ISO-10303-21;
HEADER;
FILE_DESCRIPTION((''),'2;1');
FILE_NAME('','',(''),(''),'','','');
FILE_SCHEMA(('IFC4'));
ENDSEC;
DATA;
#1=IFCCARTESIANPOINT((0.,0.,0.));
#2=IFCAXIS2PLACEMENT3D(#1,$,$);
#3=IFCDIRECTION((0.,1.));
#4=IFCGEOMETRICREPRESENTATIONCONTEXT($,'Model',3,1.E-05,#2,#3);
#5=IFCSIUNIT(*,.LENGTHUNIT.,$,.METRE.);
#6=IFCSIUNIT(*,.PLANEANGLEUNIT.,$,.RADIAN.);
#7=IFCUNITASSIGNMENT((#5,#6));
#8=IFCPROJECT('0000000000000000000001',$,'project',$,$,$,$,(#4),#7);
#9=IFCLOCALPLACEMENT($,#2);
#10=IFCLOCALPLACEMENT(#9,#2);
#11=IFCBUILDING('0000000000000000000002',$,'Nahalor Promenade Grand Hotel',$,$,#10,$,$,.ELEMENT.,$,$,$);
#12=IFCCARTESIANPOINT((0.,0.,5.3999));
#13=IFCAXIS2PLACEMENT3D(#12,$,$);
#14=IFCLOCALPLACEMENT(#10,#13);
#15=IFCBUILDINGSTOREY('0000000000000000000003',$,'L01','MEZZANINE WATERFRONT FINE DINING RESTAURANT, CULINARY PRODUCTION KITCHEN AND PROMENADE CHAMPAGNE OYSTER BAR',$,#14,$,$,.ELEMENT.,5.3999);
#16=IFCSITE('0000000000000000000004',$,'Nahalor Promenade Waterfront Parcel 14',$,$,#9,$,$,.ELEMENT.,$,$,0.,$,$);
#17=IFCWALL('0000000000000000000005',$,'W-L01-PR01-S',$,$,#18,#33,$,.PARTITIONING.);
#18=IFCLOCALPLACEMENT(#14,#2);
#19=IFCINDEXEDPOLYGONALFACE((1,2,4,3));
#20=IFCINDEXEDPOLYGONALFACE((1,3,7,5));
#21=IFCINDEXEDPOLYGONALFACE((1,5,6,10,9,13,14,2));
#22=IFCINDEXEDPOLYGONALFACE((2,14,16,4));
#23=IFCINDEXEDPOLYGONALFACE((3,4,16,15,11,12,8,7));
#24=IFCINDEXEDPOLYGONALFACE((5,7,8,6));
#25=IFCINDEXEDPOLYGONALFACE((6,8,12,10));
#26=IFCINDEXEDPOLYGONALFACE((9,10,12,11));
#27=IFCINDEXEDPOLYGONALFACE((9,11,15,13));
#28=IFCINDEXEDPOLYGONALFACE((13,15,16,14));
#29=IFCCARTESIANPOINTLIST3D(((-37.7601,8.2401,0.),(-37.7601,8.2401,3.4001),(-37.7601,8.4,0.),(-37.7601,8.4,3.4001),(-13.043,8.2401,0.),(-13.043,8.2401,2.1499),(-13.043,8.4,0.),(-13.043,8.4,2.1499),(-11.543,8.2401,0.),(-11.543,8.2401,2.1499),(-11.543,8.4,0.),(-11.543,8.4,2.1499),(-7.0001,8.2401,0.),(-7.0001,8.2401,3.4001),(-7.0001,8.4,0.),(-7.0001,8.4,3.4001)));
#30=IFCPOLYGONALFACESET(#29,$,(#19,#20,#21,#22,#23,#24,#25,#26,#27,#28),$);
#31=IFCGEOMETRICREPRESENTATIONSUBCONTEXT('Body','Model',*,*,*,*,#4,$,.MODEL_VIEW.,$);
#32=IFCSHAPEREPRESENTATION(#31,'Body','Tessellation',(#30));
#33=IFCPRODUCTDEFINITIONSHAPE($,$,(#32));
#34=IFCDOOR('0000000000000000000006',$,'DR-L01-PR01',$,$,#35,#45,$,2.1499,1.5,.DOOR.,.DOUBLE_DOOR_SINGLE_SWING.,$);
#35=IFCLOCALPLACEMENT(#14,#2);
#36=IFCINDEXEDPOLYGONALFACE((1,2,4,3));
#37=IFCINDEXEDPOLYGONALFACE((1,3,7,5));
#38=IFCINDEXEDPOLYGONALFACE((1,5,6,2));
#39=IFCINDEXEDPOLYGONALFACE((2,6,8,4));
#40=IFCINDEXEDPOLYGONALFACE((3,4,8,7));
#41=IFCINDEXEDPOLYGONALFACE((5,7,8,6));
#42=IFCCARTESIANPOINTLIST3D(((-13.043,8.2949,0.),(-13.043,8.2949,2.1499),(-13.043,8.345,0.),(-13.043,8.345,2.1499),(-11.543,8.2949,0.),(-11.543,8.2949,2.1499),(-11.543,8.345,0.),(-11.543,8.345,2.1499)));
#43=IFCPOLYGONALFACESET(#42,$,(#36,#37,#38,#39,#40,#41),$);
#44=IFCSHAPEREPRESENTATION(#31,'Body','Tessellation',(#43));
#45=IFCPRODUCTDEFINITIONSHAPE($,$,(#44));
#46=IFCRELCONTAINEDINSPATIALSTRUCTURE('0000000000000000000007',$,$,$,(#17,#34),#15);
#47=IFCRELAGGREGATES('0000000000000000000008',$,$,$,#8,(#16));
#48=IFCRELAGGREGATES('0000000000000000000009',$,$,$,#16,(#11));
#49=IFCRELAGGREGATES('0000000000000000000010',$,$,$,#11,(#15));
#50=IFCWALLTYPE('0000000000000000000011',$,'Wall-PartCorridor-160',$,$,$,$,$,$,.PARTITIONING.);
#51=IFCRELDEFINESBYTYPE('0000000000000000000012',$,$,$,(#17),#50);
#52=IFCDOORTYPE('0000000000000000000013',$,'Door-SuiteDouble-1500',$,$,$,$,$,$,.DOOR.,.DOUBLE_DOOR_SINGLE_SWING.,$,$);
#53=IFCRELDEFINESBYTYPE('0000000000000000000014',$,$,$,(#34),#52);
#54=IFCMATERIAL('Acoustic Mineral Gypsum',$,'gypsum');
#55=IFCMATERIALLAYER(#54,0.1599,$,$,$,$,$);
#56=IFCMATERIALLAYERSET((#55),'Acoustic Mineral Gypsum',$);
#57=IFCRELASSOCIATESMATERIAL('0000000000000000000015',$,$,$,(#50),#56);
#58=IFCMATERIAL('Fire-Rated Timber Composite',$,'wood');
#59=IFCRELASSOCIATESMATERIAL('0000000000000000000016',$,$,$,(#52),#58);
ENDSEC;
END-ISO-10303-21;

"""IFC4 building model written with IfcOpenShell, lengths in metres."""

from ifc_helpers import new_model, si_unit, direction, frame, frame_2d, origin, place, context, subcontext, project, spatial, rectangle, extrude, source, transform, mapped, material, layer, layer_set, type_object, element, fill, save


model = new_model("IFC4")

# Units and contexts
model_context = context("Model", 3, precision=1e-05, world=origin(), true_north=direction((0.0, 1.0)))
body_context = subcontext(model_context, "Body", "Model", "MODEL_VIEW")
ifc_project = project(units=[si_unit("LENGTHUNIT", "METRE"), si_unit("PLANEANGLEUNIT", "RADIAN")], contexts=[model_context])

# Site, building, storey
site_placement = place(None, origin())
site = spatial("IfcSite", under=ifc_project, at=site_placement, Name="Nahalor Promenade Waterfront Parcel 14", CompositionType="ELEMENT", RefElevation=0.0)
building_placement = place(site_placement, origin())
building = spatial("IfcBuilding", under=site, at=building_placement, Name="Nahalor Promenade Grand Hotel", CompositionType="ELEMENT")
storey_placement = place(building_placement, frame((0.0, 0.0, 5.3999)))
storey = spatial("IfcBuildingStorey", under=building, at=storey_placement, Name="L01", Description="MEZZANINE WATERFRONT FINE DINING RESTAURANT, CULINARY PRODUCTION KITCHEN AND PROMENADE CHAMPAGNE OYSTER BAR", CompositionType="ELEMENT", Elevation=5.3999)

# Wall, opening, door
ifc_material_1 = material(Name="Acoustic Mineral Gypsum", Category="gypsum")
ifc_layer_1 = layer(ifc_material_1, 0.1599)
ifc_layer_set_1 = layer_set([ifc_layer_1], Name="Acoustic Mineral Gypsum")
wall_type_1 = type_object("IfcWallType", Name="Wall-PartCorridor-160", PredefinedType="PARTITIONING", material=ifc_layer_set_1)
shared_shape_1 = source(origin(), body_context, "Body", "SweptSolid", [
    extrude(rectangle(XDim=30.76, YDim=0.1599, at=frame_2d((15.3799, 0.0))), origin(), (0.0, 0.0, 1.0), 3.4001),
])
wall_1_placement = place(storey_placement, frame((-37.76, 8.3201, 0.0), z_axis=(0.0, 0.0, 1.0), x_axis=(1.0, 0.0, 0.0)))
wall_1 = element("IfcWall", 1, at=wall_1_placement, inside=storey, type_object=wall_type_1, Name="W-L01-PR01-S", PredefinedType="PARTITIONING", context=body_context, shape_type="MappedRepresentation", body=[
    mapped(shared_shape_1, transform((0.0, 0.0, 0.0), scale=1.0)),
])
opening_1_placement = place(wall_1_placement, frame((24.717, 0.0, 0.0)))
opening_1 = element("IfcOpeningElement", 2, at=opening_1_placement, cuts=wall_1, PredefinedType="OPENING", context=body_context, shape_type="SweptSolid", body=[
    extrude(rectangle(XDim=1.5, YDim=2.1499, at=frame_2d((0.75, 1.075))), frame((0.0, 0.0898, 0.0), z_axis=(0.0, -1.0, 0.0), x_axis=(1.0, 0.0, 0.0)), (0.0, 0.0, 1.0), 0.1799),
])
ifc_material_2 = material(Name="Fire-Rated Timber Composite", Category="wood")
door_type = type_object("IfcDoorType", Name="Door-SuiteDouble-1500", OperationType="DOUBLE_DOOR_SINGLE_SWING", PredefinedType="DOOR", material=ifc_material_2)
shared_shape_2 = source(origin(), body_context, "Body", "SweptSolid", [
    extrude(rectangle(XDim=1.5, YDim=2.1499, at=frame_2d((0.75, 1.075))), frame((0.0, 0.0249, 0.0), z_axis=(0.0, -1.0, 0.0), x_axis=(1.0, 0.0, 0.0)), (0.0, 0.0, 1.0), 0.05),
])
door_placement = place(opening_1_placement, origin())
door = element("IfcDoor", 3, at=door_placement, inside=storey, type_object=door_type, Name="DR-L01-PR01", OperationType="DOUBLE_DOOR_SINGLE_SWING", OverallHeight=2.1499, OverallWidth=1.5, PredefinedType="DOOR", context=body_context, shape_type="MappedRepresentation", body=[
    mapped(shared_shape_2, transform((0.0, 0.0, 0.0), scale=1.0)),
])
fill(opening_1, door)

save(model, "model.ifc")
